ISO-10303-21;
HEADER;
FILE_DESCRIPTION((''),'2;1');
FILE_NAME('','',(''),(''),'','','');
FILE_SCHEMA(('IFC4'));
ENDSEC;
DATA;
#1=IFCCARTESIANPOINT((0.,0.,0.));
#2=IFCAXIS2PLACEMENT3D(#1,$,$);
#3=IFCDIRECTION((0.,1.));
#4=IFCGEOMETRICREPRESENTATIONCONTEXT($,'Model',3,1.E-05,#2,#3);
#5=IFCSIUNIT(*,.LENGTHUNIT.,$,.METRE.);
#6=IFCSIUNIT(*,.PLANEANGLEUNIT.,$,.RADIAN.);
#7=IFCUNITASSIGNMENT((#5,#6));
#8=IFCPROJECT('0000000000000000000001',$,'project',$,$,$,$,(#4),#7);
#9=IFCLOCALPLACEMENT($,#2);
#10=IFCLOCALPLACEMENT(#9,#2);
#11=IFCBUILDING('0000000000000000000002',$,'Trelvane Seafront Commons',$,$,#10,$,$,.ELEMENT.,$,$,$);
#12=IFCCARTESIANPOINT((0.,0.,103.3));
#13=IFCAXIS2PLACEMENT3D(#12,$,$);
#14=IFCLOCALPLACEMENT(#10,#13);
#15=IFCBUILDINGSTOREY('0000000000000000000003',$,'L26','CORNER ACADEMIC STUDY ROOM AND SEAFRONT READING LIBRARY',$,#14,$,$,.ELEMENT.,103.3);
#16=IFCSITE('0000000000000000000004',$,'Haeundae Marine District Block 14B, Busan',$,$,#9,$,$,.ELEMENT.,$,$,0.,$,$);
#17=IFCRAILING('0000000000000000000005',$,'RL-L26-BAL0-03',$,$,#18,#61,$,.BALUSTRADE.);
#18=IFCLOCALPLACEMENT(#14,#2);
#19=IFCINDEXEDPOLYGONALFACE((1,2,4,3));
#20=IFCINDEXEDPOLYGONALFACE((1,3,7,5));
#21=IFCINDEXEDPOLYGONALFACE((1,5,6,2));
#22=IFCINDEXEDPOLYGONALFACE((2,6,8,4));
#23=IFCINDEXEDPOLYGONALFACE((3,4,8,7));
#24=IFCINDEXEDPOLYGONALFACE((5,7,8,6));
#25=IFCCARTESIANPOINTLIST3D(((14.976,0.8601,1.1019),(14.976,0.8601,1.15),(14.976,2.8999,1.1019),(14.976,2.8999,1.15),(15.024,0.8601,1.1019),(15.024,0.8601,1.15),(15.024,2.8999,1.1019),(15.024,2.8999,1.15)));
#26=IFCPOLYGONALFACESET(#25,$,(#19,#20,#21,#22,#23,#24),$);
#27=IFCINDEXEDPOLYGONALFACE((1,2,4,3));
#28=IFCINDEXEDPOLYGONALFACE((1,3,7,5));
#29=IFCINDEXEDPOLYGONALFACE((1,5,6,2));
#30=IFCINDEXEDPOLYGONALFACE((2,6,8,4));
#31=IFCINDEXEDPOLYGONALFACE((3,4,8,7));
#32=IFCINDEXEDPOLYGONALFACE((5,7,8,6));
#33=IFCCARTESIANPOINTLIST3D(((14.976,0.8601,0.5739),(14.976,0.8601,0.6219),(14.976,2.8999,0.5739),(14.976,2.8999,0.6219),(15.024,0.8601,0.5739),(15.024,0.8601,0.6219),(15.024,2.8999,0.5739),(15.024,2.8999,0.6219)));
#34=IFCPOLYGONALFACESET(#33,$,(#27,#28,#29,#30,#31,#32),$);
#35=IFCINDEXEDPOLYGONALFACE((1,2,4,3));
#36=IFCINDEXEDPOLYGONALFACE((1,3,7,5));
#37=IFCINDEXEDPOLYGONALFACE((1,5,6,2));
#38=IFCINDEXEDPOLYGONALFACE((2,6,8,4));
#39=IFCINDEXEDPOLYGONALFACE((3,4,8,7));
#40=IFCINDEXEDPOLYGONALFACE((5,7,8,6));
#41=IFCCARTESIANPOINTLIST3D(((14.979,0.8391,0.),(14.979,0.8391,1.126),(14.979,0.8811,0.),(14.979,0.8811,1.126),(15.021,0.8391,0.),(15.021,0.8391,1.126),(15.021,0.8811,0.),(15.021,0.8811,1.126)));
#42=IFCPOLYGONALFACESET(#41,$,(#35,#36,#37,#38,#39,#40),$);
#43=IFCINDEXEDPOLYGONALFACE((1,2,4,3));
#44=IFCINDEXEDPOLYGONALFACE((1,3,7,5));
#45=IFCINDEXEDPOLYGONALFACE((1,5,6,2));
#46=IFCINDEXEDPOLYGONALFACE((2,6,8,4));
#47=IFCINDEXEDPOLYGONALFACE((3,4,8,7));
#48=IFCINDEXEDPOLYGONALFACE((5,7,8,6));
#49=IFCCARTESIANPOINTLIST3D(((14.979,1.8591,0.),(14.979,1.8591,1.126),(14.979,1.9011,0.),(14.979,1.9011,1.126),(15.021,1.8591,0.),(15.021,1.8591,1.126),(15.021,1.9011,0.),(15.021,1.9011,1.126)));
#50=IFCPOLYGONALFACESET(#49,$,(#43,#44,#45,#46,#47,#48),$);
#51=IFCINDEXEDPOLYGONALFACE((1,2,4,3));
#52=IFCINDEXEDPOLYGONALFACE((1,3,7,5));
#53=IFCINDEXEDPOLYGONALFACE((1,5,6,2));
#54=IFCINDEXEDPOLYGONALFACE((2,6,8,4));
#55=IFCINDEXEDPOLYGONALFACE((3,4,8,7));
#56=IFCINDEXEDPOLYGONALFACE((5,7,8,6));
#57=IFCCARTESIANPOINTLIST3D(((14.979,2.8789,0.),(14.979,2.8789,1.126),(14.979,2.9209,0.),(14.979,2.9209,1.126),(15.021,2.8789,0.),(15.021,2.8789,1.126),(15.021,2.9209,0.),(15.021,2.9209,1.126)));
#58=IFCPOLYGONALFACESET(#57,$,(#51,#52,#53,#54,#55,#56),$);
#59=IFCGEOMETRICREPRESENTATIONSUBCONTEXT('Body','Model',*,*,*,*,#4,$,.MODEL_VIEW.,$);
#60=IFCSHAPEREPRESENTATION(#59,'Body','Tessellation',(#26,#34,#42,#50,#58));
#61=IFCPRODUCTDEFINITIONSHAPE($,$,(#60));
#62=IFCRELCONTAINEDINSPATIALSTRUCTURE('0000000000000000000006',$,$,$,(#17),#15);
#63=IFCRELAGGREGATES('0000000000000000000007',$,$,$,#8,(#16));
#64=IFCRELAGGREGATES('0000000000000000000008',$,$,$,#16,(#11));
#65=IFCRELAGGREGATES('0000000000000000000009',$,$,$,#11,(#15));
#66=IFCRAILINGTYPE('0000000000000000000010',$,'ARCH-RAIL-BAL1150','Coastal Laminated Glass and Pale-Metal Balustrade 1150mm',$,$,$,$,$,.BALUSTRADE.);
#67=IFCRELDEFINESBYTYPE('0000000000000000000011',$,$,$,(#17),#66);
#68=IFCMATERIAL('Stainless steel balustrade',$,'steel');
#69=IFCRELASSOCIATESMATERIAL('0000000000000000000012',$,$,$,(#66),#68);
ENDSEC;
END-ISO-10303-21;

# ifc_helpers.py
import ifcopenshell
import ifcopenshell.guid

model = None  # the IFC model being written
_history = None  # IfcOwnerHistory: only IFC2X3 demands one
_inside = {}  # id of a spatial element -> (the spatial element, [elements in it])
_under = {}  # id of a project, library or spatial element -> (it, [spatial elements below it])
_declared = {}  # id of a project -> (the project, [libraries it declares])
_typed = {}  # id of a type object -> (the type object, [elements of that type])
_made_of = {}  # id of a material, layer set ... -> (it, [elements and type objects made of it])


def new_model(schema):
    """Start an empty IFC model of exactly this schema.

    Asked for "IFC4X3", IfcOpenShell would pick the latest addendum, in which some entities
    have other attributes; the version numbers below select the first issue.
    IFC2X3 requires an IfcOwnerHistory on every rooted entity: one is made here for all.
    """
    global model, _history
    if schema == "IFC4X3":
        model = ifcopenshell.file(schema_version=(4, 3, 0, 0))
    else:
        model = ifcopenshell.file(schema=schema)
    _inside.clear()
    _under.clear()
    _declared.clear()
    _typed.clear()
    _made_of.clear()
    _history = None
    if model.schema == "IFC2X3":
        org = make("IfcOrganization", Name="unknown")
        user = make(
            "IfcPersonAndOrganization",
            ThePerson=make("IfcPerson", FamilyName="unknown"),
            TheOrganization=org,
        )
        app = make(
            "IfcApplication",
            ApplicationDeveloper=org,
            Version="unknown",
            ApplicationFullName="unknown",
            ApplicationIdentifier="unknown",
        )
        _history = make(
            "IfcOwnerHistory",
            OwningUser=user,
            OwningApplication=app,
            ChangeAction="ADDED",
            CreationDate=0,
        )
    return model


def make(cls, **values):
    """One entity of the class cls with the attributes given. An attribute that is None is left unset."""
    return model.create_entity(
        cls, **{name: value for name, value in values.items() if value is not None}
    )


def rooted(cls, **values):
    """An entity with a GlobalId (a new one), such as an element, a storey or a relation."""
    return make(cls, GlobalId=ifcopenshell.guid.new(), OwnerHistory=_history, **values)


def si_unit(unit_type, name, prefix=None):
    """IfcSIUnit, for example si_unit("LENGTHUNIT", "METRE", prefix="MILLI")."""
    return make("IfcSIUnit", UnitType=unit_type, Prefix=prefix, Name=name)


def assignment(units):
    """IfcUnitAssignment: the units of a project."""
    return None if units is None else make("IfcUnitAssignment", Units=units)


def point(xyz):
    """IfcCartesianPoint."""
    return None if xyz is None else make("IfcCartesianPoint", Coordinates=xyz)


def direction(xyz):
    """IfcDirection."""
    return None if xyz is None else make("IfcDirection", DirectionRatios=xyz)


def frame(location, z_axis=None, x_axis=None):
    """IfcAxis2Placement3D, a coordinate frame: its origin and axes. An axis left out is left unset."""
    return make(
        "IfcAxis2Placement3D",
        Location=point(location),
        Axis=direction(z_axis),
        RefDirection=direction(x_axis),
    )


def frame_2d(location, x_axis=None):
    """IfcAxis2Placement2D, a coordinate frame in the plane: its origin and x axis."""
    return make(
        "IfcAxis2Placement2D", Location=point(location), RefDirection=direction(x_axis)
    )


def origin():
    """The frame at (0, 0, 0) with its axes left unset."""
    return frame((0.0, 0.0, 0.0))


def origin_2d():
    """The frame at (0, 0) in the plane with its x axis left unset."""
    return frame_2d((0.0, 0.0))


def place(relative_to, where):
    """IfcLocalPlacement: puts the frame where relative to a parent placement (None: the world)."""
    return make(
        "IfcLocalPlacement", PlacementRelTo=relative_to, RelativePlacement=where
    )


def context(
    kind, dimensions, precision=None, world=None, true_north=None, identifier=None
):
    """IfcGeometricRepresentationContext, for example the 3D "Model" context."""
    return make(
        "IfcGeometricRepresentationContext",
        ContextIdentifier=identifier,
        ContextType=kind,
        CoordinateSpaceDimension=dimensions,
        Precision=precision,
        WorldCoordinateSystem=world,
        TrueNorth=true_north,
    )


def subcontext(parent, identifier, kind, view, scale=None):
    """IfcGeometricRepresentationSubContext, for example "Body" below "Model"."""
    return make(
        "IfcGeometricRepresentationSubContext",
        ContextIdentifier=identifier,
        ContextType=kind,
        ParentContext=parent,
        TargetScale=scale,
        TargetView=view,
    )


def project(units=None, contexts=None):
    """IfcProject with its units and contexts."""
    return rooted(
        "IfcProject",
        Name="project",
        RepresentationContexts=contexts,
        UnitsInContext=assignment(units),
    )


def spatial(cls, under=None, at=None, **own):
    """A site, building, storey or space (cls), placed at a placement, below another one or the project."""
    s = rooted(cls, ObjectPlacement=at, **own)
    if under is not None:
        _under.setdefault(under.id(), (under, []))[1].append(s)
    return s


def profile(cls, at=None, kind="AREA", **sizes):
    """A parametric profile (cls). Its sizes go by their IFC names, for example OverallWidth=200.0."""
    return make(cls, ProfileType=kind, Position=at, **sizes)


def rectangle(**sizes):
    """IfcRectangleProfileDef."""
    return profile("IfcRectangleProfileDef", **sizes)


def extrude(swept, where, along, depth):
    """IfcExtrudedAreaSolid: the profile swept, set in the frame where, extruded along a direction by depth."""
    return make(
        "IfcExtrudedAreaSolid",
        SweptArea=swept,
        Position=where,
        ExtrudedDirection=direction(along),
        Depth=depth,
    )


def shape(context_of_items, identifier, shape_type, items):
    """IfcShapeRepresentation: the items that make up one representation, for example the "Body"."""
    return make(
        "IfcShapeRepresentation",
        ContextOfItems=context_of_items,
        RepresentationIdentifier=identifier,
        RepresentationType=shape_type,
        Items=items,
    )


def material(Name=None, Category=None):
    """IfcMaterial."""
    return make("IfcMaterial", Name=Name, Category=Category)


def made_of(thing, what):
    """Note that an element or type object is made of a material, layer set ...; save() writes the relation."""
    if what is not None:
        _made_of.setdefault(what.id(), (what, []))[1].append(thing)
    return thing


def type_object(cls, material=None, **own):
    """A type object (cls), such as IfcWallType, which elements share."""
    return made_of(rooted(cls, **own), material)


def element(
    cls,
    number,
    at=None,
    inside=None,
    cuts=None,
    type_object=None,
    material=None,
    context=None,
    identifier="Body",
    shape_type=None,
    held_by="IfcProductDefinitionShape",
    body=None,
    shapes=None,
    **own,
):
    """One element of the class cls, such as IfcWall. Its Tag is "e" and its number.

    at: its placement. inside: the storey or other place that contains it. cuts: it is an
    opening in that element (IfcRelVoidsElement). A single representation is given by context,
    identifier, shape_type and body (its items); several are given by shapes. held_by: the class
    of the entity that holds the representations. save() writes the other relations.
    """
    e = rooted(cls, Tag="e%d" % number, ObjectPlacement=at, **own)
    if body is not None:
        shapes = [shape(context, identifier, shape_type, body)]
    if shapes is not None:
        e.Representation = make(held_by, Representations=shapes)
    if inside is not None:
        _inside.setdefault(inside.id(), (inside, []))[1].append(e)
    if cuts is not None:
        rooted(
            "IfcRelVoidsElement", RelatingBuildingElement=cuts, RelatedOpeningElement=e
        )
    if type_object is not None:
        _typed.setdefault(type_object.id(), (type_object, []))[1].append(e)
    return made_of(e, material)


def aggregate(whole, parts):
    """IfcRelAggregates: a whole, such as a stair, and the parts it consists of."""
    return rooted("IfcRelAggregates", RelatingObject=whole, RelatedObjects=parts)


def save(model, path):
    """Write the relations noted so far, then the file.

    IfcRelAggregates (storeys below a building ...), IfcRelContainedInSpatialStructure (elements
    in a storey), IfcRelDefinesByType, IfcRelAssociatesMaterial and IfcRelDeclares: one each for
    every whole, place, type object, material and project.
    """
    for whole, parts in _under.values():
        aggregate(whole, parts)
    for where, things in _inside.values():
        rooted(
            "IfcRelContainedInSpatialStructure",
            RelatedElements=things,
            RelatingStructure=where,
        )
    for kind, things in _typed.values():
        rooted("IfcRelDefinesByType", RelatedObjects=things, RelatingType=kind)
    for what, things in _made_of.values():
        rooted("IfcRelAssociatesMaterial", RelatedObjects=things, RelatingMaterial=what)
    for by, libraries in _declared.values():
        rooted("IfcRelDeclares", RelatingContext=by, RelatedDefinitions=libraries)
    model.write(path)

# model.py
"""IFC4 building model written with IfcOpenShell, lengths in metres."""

from ifc_helpers import new_model, si_unit, direction, frame, origin, origin_2d, place, context, subcontext, project, spatial, rectangle, extrude, material, type_object, element, save


model = new_model("IFC4")

# Units and contexts
model_context = context("Model", 3, precision=1e-05, world=origin(), true_north=direction((0.0, 1.0)))
body_context = subcontext(model_context, "Body", "Model", "MODEL_VIEW")
ifc_project = project(units=[si_unit("LENGTHUNIT", "METRE"), si_unit("PLANEANGLEUNIT", "RADIAN")], contexts=[model_context])

# Site, building, storey
site_placement = place(None, origin())
site = spatial("IfcSite", under=ifc_project, at=site_placement, Name="Haeundae Marine District Block 14B, Busan", CompositionType="ELEMENT", RefElevation=0.0)
building_placement = place(site_placement, origin())
building = spatial("IfcBuilding", under=site, at=building_placement, Name="Trelvane Seafront Commons", CompositionType="ELEMENT")
storey_placement = place(building_placement, frame((0.0, 0.0, 103.3)))
storey = spatial("IfcBuildingStorey", under=building, at=storey_placement, Name="L26", Description="CORNER ACADEMIC STUDY ROOM AND SEAFRONT READING LIBRARY", CompositionType="ELEMENT", Elevation=103.3)

# Railing
ifc_material_1 = material(Name="Stainless steel balustrade", Category="steel")
railing_type = type_object("IfcRailingType", Name="ARCH-RAIL-BAL1150", Description="Coastal Laminated Glass and Pale-Metal Balustrade 1150mm", PredefinedType="BALUSTRADE", material=ifc_material_1)
railing_1_placement = place(storey_placement, frame((15.0, 0.8601, 0.0)))
element("IfcRailing", 1, at=railing_1_placement, inside=storey, type_object=railing_type, Name="RL-L26-BAL0-03", PredefinedType="BALUSTRADE", context=body_context, shape_type="SweptSolid", body=[
    extrude(rectangle(XDim=0.0481, YDim=0.0481, at=origin_2d()), frame((0.0, 0.0, 1.126), z_axis=(0.0, 1.0, 0.0), x_axis=(-1.0, 0.0, 0.0)), (0.0, 0.0, 1.0), 2.0398),
    extrude(rectangle(XDim=0.0481, YDim=0.0481, at=origin_2d()), frame((0.0, 0.0, 0.5979), z_axis=(0.0, 1.0, 0.0), x_axis=(-1.0, 0.0, 0.0)), (0.0, 0.0, 1.0), 2.0398),
    extrude(rectangle(XDim=0.042, YDim=0.042, at=origin_2d()), origin(), (0.0, 0.0, 1.0), 1.126),
    extrude(rectangle(XDim=0.042, YDim=0.042, at=origin_2d()), frame((0.0, 1.02, 0.0)), (0.0, 0.0, 1.0), 1.126),
    extrude(rectangle(XDim=0.042, YDim=0.042, at=origin_2d()), frame((0.0, 2.0398, 0.0)), (0.0, 0.0, 1.0), 1.126),
])

save(model, "model.ifc")
